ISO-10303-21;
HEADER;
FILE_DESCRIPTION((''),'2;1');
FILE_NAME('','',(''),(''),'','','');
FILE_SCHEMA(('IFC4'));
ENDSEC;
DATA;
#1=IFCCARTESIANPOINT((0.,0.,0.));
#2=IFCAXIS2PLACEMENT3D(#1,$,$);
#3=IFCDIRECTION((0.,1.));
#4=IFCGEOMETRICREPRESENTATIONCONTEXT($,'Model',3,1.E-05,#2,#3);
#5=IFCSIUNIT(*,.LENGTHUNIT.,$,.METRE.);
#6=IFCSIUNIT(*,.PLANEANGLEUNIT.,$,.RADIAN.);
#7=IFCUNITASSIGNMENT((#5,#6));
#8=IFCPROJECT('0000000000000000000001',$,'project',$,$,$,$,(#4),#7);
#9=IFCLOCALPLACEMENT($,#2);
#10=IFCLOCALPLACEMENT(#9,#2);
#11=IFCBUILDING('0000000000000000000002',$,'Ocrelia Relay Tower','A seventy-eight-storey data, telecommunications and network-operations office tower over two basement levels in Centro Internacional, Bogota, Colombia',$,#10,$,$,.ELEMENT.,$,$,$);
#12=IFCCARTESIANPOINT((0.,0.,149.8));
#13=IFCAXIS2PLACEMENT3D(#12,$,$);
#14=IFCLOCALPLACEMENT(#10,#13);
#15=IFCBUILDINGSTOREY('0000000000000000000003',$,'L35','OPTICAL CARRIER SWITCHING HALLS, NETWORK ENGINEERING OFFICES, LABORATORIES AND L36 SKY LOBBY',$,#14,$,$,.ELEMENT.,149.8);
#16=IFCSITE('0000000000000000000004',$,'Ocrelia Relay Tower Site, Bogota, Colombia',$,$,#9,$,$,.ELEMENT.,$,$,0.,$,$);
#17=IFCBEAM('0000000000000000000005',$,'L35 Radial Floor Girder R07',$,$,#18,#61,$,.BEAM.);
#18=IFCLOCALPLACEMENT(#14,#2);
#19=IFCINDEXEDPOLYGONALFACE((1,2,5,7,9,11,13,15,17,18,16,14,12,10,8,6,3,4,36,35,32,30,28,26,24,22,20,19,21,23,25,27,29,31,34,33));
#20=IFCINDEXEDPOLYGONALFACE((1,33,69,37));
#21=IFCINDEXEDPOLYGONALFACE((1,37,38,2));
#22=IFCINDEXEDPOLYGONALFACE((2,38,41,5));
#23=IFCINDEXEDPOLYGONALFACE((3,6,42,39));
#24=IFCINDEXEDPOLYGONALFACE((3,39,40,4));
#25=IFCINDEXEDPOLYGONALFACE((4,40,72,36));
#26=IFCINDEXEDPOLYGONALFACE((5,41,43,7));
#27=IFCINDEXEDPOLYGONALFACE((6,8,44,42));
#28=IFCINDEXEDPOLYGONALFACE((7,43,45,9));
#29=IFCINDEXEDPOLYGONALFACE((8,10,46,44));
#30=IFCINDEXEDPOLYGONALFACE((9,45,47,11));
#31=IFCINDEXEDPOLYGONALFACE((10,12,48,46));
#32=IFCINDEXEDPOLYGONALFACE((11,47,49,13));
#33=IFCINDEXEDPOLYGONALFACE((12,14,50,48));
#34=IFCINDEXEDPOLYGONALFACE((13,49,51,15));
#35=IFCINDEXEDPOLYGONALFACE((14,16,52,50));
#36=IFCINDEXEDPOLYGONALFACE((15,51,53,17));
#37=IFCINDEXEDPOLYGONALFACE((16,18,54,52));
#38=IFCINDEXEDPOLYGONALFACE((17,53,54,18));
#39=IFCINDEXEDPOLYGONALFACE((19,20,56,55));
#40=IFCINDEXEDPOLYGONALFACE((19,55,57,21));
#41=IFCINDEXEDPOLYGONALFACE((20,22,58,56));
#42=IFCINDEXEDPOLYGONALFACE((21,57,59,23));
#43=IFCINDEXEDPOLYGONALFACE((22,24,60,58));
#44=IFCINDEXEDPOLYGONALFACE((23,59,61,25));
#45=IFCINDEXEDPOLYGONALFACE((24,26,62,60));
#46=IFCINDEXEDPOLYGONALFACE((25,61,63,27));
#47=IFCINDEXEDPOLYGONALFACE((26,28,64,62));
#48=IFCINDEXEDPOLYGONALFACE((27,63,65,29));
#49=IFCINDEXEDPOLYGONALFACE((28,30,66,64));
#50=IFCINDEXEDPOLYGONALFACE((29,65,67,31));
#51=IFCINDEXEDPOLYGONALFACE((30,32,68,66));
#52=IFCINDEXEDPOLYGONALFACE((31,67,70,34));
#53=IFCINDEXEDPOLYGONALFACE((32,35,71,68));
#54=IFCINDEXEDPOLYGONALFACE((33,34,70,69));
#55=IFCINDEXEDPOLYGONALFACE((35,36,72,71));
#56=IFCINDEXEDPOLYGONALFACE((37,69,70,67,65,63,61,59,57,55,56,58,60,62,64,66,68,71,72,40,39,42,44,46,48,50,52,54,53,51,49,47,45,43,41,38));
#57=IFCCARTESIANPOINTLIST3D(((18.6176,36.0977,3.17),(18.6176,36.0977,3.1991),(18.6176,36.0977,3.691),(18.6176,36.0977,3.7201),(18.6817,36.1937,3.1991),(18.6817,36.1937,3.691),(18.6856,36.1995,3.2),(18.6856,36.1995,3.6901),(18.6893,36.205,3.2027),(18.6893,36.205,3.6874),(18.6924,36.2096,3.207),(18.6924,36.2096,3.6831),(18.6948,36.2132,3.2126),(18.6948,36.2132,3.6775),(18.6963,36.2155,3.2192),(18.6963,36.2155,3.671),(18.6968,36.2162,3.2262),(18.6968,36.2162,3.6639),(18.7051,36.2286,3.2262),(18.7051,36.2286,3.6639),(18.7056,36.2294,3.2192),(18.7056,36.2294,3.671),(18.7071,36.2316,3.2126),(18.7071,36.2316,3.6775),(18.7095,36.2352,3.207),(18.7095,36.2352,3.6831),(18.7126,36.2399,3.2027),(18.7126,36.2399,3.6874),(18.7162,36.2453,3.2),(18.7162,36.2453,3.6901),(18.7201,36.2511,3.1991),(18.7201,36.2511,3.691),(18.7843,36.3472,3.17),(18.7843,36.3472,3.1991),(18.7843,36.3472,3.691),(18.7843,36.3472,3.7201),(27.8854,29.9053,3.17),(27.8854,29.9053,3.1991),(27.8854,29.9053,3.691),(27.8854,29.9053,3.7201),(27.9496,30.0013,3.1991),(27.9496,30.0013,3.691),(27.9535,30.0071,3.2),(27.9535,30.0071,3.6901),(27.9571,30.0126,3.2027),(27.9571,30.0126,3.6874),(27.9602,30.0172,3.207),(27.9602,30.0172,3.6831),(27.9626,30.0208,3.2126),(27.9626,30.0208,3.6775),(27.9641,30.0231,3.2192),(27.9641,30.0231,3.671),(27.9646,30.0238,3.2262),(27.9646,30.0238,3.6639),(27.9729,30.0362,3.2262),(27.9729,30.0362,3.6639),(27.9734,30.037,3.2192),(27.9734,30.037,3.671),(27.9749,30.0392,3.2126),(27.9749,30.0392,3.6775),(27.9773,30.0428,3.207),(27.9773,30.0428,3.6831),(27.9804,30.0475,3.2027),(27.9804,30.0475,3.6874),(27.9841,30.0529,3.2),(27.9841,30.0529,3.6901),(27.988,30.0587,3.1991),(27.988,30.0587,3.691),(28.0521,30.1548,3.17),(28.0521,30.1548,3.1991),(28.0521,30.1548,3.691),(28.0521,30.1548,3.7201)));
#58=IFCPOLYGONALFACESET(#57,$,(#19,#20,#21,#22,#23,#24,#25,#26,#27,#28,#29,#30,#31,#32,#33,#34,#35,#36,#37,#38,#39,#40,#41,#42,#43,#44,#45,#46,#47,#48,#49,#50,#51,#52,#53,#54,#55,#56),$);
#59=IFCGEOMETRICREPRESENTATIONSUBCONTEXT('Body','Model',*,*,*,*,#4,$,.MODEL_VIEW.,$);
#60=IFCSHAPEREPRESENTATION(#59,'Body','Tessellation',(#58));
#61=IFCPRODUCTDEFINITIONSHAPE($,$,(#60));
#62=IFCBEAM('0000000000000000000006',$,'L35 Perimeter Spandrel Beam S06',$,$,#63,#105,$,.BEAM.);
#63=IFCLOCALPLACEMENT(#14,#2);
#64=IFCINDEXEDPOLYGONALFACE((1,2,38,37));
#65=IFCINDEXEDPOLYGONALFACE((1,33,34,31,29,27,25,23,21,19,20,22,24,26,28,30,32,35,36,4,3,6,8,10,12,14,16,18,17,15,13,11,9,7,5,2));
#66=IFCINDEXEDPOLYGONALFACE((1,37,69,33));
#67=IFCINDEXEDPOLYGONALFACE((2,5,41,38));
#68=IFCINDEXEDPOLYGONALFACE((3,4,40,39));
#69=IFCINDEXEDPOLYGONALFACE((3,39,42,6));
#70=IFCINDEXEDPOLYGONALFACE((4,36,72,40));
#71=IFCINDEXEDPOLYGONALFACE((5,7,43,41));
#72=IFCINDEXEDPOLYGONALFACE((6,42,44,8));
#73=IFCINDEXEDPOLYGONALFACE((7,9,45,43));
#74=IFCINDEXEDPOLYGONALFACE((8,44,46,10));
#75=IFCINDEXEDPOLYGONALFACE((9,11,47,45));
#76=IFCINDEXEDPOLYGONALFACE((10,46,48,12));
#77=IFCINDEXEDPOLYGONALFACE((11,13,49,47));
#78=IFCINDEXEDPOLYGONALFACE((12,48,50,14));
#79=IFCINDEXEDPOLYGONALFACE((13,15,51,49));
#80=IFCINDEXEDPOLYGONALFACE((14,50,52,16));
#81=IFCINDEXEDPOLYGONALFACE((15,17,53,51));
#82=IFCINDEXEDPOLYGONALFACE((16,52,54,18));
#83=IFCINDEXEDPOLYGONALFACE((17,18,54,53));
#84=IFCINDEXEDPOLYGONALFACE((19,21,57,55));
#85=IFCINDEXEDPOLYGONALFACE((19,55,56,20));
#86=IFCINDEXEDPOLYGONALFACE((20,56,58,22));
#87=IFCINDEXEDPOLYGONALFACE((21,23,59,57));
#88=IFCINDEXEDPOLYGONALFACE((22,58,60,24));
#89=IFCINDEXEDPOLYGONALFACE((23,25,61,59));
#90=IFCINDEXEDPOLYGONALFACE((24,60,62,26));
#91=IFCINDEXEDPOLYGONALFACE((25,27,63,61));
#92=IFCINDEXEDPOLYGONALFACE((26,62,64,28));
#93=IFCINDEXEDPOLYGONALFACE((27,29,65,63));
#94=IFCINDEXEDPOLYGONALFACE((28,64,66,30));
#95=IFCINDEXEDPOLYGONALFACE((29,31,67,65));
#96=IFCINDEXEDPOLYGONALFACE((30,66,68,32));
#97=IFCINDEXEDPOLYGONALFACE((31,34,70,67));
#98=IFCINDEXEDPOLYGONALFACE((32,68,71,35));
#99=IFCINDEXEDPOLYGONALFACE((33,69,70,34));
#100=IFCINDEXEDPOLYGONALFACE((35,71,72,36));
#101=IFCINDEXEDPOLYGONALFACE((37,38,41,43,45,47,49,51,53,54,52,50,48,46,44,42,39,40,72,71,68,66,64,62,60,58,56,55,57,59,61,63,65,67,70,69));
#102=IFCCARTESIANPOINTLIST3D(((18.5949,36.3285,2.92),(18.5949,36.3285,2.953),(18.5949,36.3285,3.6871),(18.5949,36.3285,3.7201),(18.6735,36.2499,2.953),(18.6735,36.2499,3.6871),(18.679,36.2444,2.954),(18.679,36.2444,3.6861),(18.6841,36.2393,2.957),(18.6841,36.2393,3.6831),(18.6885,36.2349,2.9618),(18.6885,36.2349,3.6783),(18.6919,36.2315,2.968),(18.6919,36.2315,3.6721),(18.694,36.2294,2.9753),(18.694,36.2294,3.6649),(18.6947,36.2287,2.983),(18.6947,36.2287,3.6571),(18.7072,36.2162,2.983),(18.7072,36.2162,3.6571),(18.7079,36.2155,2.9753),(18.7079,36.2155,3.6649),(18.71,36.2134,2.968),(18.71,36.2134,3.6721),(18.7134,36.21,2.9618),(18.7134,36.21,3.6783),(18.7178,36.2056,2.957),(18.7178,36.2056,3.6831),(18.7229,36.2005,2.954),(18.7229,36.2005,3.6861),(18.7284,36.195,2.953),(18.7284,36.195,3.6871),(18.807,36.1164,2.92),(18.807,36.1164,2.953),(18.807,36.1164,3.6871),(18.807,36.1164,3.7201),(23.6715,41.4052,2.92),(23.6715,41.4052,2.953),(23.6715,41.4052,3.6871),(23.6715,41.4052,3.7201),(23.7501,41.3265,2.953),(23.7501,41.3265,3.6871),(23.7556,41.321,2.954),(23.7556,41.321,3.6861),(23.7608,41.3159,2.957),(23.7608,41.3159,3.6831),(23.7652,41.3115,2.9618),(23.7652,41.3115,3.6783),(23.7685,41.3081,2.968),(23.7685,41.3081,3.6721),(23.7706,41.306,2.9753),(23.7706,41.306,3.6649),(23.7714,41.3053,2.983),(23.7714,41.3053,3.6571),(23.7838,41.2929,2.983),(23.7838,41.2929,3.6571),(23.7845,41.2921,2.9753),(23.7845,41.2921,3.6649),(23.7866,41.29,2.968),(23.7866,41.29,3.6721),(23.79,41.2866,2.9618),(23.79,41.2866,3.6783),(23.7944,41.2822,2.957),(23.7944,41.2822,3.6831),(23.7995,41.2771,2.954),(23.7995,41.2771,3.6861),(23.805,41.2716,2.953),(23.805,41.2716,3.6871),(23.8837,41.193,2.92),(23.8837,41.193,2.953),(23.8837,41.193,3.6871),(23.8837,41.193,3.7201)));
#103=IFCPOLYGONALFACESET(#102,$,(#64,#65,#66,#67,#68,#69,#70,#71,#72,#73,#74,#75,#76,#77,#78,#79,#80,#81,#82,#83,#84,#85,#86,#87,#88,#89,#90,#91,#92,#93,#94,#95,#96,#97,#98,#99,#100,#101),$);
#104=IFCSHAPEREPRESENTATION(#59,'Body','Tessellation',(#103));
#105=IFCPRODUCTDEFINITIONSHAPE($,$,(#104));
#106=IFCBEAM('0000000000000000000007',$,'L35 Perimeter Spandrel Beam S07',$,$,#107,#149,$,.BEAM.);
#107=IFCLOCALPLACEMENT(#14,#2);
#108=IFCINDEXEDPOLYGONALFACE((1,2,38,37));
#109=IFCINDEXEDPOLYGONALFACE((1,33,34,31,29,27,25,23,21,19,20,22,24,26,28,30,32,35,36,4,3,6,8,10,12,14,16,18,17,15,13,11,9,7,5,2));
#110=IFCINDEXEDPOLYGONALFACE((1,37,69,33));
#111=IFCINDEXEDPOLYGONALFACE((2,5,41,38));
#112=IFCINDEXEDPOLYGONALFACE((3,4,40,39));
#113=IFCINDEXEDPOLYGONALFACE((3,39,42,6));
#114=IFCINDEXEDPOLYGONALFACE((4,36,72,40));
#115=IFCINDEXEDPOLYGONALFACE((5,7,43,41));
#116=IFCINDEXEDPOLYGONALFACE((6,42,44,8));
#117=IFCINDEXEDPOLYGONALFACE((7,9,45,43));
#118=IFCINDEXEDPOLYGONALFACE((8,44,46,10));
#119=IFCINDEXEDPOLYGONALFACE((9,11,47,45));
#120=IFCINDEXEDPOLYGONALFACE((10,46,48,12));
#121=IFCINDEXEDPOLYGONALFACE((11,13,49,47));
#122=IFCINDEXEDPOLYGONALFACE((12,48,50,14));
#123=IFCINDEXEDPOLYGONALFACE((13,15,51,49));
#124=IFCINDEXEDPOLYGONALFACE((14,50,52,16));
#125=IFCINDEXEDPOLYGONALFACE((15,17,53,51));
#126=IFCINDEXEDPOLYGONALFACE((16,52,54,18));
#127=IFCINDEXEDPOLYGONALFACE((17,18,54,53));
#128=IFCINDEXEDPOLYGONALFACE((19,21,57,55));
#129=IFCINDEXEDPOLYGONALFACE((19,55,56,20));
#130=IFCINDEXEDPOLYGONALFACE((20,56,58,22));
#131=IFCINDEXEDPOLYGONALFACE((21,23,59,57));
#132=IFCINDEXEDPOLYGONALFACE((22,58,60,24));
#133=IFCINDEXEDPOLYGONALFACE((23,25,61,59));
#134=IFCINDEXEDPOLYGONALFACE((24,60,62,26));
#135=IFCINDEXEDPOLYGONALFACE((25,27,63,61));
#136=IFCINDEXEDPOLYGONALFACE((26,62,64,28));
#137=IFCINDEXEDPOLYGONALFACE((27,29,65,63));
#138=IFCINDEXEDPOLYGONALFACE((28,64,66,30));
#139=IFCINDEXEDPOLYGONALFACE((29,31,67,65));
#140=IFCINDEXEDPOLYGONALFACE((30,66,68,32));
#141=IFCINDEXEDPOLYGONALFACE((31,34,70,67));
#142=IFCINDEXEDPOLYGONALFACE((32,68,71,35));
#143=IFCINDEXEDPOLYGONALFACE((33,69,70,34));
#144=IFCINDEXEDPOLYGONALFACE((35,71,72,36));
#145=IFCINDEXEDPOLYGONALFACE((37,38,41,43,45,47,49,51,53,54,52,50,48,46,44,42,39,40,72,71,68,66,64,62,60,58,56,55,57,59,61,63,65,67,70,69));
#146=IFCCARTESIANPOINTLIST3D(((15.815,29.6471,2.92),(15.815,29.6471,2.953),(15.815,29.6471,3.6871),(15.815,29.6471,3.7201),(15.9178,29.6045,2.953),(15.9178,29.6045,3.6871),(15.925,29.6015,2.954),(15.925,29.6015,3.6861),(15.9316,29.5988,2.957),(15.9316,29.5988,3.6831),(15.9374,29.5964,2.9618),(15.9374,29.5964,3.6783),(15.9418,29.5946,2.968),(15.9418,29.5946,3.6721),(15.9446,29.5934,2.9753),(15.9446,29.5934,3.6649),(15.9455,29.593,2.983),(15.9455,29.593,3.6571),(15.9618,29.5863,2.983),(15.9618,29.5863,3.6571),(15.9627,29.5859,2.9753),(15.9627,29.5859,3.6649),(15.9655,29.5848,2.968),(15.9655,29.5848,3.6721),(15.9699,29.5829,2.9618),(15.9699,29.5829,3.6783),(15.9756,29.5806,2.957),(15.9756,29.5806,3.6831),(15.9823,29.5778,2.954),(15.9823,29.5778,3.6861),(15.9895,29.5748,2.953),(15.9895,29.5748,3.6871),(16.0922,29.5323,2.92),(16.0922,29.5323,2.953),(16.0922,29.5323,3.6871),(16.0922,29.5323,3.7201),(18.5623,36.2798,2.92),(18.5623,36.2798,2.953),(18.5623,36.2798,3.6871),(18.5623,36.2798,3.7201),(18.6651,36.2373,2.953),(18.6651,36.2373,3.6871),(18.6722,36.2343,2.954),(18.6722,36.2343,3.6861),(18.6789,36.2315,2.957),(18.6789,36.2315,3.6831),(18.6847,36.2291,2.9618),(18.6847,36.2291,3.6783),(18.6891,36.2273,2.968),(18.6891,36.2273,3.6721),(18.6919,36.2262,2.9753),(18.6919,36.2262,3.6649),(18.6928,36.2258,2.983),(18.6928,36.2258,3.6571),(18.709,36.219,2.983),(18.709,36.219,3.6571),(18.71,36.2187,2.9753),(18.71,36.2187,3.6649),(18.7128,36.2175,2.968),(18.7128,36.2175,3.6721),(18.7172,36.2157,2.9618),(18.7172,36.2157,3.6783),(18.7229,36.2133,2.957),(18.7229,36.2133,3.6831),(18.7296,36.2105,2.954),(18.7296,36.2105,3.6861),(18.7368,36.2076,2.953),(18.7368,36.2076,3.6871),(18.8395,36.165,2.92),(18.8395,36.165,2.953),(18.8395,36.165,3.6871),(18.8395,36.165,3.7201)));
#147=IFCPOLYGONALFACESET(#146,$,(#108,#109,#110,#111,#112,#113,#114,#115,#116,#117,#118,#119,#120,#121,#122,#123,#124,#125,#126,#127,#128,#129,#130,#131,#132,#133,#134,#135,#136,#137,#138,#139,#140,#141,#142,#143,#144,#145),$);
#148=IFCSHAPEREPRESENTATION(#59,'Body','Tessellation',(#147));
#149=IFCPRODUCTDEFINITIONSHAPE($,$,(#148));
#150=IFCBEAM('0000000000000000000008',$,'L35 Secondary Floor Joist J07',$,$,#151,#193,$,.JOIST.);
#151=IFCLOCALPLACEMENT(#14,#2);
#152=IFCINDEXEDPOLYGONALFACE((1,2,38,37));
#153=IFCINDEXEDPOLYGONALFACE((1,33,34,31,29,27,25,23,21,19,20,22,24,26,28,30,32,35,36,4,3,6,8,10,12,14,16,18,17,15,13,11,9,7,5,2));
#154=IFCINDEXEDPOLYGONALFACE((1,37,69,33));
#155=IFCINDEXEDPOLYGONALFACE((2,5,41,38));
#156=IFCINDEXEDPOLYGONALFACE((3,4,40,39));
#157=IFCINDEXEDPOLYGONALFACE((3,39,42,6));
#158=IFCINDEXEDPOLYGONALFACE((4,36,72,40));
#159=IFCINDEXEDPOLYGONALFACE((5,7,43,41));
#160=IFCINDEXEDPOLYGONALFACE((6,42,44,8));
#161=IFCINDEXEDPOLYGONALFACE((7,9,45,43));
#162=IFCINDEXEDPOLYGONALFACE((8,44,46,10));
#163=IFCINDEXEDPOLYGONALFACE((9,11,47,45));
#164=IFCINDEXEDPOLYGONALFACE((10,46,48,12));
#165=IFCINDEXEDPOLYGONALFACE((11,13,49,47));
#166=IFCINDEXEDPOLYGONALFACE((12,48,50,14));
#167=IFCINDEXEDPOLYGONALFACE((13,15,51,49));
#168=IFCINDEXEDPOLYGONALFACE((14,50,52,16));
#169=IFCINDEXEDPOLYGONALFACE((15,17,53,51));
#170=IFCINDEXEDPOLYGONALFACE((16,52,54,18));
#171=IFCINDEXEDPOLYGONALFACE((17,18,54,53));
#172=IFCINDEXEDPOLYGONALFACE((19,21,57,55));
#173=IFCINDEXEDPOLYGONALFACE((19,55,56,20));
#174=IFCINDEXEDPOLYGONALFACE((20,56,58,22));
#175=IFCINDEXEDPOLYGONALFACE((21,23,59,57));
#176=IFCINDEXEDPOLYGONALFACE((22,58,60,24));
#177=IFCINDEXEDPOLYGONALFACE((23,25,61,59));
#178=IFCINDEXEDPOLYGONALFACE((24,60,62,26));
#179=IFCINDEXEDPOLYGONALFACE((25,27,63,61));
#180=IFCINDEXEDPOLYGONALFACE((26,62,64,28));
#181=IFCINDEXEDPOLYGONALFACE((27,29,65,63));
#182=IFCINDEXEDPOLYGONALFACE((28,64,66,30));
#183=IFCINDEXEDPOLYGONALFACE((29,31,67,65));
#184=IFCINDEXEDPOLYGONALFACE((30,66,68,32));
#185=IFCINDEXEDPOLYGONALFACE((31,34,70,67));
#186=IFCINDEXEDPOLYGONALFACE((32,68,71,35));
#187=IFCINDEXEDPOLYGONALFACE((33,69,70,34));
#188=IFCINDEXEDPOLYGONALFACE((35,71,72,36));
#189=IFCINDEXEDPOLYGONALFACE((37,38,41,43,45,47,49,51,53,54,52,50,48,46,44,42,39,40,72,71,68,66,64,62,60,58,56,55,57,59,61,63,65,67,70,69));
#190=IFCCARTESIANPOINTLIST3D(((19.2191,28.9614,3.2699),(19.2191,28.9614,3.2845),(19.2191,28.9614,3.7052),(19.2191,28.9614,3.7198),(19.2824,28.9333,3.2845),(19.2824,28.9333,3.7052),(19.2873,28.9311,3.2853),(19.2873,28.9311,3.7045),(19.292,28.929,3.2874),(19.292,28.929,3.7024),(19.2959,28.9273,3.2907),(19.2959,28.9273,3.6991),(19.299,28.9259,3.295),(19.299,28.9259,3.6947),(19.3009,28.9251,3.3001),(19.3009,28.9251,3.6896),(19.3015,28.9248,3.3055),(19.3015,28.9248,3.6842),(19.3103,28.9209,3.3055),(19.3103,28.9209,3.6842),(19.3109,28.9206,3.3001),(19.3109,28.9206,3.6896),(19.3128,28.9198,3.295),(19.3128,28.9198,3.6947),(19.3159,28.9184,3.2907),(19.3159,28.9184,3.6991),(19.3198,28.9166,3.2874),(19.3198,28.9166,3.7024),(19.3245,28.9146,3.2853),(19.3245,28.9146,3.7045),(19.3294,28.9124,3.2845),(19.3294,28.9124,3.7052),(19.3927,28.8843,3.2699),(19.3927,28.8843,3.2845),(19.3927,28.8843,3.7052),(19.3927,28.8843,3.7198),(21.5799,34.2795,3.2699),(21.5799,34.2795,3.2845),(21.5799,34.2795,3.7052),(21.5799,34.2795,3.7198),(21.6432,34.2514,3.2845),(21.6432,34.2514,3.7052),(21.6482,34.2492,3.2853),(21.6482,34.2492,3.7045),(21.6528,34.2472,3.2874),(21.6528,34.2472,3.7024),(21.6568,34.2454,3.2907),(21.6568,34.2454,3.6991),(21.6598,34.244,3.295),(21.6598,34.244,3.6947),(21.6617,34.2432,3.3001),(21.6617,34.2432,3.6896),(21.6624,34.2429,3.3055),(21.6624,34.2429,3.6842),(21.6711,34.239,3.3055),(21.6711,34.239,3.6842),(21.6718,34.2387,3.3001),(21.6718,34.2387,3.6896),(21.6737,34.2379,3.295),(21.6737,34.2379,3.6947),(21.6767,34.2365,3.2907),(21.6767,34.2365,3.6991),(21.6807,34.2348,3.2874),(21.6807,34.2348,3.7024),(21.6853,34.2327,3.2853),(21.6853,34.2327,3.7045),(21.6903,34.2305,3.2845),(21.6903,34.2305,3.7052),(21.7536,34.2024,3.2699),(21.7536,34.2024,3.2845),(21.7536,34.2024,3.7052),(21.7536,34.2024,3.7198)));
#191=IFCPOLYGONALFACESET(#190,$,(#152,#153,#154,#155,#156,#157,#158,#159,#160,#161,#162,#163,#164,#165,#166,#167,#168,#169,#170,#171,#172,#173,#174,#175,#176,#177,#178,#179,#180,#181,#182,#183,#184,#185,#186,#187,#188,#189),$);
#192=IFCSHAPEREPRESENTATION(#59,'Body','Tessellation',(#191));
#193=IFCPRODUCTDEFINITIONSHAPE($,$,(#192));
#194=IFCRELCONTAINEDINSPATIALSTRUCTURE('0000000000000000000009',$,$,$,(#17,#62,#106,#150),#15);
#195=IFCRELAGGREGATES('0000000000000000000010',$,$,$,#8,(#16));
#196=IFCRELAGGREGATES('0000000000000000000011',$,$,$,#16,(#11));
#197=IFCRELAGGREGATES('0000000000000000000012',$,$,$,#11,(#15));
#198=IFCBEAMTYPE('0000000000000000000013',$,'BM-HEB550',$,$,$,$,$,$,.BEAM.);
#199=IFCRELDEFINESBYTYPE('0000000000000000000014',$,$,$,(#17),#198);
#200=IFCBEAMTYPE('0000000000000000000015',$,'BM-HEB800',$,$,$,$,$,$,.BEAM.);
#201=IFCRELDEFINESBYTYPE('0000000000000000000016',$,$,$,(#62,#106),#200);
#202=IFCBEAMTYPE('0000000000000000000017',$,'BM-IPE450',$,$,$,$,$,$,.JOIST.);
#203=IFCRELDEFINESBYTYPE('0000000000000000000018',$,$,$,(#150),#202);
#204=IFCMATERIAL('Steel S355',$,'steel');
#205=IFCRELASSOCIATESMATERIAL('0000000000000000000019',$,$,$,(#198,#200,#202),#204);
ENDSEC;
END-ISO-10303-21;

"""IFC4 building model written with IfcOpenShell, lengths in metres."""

from ifc_helpers import new_model, si_unit, direction, frame, origin, origin_2d, place, context, subcontext, project, spatial, i_section, extrude, material, material_profile, profile_set, type_object, element, save


model = new_model("IFC4")

# Units and contexts
model_context = context("Model", 3, precision=1e-05, world=origin(), true_north=direction((0.0, 1.0)))
body_context = subcontext(model_context, "Body", "Model", "MODEL_VIEW")
ifc_project = project(units=[si_unit("LENGTHUNIT", "METRE"), si_unit("PLANEANGLEUNIT", "RADIAN")], contexts=[model_context])

# Site, building, storey
site_placement = place(None, origin())
site = spatial("IfcSite", under=ifc_project, at=site_placement, Name="Ocrelia Relay Tower Site, Bogota, Colombia", CompositionType="ELEMENT", RefElevation=0.0)
building_placement = place(site_placement, origin())
building = spatial("IfcBuilding", under=site, at=building_placement, Name="Ocrelia Relay Tower", Description="A seventy-eight-storey data, telecommunications and network-operations office tower over two basement levels in Centro Internacional, Bogota, Colombia", CompositionType="ELEMENT")
storey_placement = place(building_placement, frame((0.0, 0.0, 149.8)))
storey = spatial("IfcBuildingStorey", under=building, at=storey_placement, Name="L35", Description="OPTICAL CARRIER SWITCHING HALLS, NETWORK ENGINEERING OFFICES, LABORATORIES AND L36 SKY LOBBY", CompositionType="ELEMENT", Elevation=149.8)

# Beams
ifc_material_1 = material(Name="Steel S355", Category="steel")
ifc_material_profile_1 = material_profile(ifc_material_1, i_section(OverallWidth=0.3, OverallDepth=0.55, WebThickness=0.0149, FlangeThickness=0.0291, FilletRadius=0.0271, at=origin_2d()), Name="HEB 550")
ifc_profile_set_1 = profile_set([ifc_material_profile_1], Name="Steel S355")
beam_type_1 = type_object("IfcBeamType", Name="BM-HEB550", PredefinedType="BEAM", material=ifc_profile_set_1)
beam_1_placement = place(storey_placement, frame((18.7009, 36.2224, 3.4451), z_axis=(0.831477, -0.555559, 0.0), x_axis=(0.555559, 0.831477, 0.0)))
element("IfcBeam", 1, at=beam_1_placement, inside=storey, type_object=beam_type_1, Name="L35 Radial Floor Girder R07", PredefinedType="BEAM", context=body_context, shape_type="SweptSolid", body=[
    extrude(i_section(OverallWidth=0.3, OverallDepth=0.55, WebThickness=0.0149, FlangeThickness=0.0291, FilletRadius=0.0271, at=origin_2d()), origin(), (0.0, 0.0, 1.0), 11.1462),
])
ifc_material_profile_2 = material_profile(ifc_material_1, i_section(OverallWidth=0.3, OverallDepth=0.8, WebThickness=0.0176, FlangeThickness=0.033, FilletRadius=0.03, at=origin_2d()), Name="HEB 800")
ifc_profile_set_2 = profile_set([ifc_material_profile_2], Name="Steel S355")
beam_type_2 = type_object("IfcBeamType", Name="BM-HEB800", PredefinedType="BEAM", material=ifc_profile_set_2)
beam_2_placement = place(storey_placement, frame((23.7776, 41.2991, 3.3201), z_axis=(-0.707107, -0.707107, 0.0), x_axis=(0.707107, -0.707107, 0.0)))
element("IfcBeam", 2, at=beam_2_placement, inside=storey, type_object=beam_type_2, Name="L35 Perimeter Spandrel Beam S06", PredefinedType="BEAM", context=body_context, shape_type="SweptSolid", body=[
    extrude(i_section(OverallWidth=0.3, OverallDepth=0.8, WebThickness=0.0176, FlangeThickness=0.033, FilletRadius=0.03, at=origin_2d()), origin(), (0.0, 0.0, 1.0), 7.1794),
])
beam_3_placement = place(storey_placement, frame((18.7009, 36.2224, 3.3201), z_axis=(-0.382673, -0.923884, 0.0), x_axis=(0.923884, -0.382673, 0.0)))
element("IfcBeam", 3, at=beam_3_placement, inside=storey, type_object=beam_type_2, Name="L35 Perimeter Spandrel Beam S07", PredefinedType="BEAM", context=body_context, shape_type="SweptSolid", body=[
    extrude(i_section(OverallWidth=0.3, OverallDepth=0.8, WebThickness=0.0176, FlangeThickness=0.033, FilletRadius=0.03, at=origin_2d()), origin(), (0.0, 0.0, 1.0), 7.1792),
])
ifc_material_profile_3 = material_profile(ifc_material_1, i_section(OverallWidth=0.1899, OverallDepth=0.45, WebThickness=0.0095, FlangeThickness=0.0146, FilletRadius=0.021, at=origin_2d()), Name="IPE 450")
ifc_profile_set_3 = profile_set([ifc_material_profile_3], Name="Steel S355")
beam_type_3 = type_object("IfcBeamType", Name="BM-IPE450", PredefinedType="JOIST", material=ifc_profile_set_3)
beam_4_placement = place(storey_placement, frame((21.6667, 34.241, 3.4949), z_axis=(-0.405741, -0.913988, 0.0), x_axis=(0.913988, -0.405741, 0.0)))
element("IfcBeam", 4, at=beam_4_placement, inside=storey, type_object=beam_type_3, Name="L35 Secondary Floor Joist J07", PredefinedType="JOIST", context=body_context, shape_type="SweptSolid", body=[
    extrude(i_section(OverallWidth=0.1899, OverallDepth=0.45, WebThickness=0.0095, FlangeThickness=0.0146, FilletRadius=0.021, at=origin_2d()), origin(), (0.0, 0.0, 1.0), 5.8186),
])

save(model, "model.ifc")
